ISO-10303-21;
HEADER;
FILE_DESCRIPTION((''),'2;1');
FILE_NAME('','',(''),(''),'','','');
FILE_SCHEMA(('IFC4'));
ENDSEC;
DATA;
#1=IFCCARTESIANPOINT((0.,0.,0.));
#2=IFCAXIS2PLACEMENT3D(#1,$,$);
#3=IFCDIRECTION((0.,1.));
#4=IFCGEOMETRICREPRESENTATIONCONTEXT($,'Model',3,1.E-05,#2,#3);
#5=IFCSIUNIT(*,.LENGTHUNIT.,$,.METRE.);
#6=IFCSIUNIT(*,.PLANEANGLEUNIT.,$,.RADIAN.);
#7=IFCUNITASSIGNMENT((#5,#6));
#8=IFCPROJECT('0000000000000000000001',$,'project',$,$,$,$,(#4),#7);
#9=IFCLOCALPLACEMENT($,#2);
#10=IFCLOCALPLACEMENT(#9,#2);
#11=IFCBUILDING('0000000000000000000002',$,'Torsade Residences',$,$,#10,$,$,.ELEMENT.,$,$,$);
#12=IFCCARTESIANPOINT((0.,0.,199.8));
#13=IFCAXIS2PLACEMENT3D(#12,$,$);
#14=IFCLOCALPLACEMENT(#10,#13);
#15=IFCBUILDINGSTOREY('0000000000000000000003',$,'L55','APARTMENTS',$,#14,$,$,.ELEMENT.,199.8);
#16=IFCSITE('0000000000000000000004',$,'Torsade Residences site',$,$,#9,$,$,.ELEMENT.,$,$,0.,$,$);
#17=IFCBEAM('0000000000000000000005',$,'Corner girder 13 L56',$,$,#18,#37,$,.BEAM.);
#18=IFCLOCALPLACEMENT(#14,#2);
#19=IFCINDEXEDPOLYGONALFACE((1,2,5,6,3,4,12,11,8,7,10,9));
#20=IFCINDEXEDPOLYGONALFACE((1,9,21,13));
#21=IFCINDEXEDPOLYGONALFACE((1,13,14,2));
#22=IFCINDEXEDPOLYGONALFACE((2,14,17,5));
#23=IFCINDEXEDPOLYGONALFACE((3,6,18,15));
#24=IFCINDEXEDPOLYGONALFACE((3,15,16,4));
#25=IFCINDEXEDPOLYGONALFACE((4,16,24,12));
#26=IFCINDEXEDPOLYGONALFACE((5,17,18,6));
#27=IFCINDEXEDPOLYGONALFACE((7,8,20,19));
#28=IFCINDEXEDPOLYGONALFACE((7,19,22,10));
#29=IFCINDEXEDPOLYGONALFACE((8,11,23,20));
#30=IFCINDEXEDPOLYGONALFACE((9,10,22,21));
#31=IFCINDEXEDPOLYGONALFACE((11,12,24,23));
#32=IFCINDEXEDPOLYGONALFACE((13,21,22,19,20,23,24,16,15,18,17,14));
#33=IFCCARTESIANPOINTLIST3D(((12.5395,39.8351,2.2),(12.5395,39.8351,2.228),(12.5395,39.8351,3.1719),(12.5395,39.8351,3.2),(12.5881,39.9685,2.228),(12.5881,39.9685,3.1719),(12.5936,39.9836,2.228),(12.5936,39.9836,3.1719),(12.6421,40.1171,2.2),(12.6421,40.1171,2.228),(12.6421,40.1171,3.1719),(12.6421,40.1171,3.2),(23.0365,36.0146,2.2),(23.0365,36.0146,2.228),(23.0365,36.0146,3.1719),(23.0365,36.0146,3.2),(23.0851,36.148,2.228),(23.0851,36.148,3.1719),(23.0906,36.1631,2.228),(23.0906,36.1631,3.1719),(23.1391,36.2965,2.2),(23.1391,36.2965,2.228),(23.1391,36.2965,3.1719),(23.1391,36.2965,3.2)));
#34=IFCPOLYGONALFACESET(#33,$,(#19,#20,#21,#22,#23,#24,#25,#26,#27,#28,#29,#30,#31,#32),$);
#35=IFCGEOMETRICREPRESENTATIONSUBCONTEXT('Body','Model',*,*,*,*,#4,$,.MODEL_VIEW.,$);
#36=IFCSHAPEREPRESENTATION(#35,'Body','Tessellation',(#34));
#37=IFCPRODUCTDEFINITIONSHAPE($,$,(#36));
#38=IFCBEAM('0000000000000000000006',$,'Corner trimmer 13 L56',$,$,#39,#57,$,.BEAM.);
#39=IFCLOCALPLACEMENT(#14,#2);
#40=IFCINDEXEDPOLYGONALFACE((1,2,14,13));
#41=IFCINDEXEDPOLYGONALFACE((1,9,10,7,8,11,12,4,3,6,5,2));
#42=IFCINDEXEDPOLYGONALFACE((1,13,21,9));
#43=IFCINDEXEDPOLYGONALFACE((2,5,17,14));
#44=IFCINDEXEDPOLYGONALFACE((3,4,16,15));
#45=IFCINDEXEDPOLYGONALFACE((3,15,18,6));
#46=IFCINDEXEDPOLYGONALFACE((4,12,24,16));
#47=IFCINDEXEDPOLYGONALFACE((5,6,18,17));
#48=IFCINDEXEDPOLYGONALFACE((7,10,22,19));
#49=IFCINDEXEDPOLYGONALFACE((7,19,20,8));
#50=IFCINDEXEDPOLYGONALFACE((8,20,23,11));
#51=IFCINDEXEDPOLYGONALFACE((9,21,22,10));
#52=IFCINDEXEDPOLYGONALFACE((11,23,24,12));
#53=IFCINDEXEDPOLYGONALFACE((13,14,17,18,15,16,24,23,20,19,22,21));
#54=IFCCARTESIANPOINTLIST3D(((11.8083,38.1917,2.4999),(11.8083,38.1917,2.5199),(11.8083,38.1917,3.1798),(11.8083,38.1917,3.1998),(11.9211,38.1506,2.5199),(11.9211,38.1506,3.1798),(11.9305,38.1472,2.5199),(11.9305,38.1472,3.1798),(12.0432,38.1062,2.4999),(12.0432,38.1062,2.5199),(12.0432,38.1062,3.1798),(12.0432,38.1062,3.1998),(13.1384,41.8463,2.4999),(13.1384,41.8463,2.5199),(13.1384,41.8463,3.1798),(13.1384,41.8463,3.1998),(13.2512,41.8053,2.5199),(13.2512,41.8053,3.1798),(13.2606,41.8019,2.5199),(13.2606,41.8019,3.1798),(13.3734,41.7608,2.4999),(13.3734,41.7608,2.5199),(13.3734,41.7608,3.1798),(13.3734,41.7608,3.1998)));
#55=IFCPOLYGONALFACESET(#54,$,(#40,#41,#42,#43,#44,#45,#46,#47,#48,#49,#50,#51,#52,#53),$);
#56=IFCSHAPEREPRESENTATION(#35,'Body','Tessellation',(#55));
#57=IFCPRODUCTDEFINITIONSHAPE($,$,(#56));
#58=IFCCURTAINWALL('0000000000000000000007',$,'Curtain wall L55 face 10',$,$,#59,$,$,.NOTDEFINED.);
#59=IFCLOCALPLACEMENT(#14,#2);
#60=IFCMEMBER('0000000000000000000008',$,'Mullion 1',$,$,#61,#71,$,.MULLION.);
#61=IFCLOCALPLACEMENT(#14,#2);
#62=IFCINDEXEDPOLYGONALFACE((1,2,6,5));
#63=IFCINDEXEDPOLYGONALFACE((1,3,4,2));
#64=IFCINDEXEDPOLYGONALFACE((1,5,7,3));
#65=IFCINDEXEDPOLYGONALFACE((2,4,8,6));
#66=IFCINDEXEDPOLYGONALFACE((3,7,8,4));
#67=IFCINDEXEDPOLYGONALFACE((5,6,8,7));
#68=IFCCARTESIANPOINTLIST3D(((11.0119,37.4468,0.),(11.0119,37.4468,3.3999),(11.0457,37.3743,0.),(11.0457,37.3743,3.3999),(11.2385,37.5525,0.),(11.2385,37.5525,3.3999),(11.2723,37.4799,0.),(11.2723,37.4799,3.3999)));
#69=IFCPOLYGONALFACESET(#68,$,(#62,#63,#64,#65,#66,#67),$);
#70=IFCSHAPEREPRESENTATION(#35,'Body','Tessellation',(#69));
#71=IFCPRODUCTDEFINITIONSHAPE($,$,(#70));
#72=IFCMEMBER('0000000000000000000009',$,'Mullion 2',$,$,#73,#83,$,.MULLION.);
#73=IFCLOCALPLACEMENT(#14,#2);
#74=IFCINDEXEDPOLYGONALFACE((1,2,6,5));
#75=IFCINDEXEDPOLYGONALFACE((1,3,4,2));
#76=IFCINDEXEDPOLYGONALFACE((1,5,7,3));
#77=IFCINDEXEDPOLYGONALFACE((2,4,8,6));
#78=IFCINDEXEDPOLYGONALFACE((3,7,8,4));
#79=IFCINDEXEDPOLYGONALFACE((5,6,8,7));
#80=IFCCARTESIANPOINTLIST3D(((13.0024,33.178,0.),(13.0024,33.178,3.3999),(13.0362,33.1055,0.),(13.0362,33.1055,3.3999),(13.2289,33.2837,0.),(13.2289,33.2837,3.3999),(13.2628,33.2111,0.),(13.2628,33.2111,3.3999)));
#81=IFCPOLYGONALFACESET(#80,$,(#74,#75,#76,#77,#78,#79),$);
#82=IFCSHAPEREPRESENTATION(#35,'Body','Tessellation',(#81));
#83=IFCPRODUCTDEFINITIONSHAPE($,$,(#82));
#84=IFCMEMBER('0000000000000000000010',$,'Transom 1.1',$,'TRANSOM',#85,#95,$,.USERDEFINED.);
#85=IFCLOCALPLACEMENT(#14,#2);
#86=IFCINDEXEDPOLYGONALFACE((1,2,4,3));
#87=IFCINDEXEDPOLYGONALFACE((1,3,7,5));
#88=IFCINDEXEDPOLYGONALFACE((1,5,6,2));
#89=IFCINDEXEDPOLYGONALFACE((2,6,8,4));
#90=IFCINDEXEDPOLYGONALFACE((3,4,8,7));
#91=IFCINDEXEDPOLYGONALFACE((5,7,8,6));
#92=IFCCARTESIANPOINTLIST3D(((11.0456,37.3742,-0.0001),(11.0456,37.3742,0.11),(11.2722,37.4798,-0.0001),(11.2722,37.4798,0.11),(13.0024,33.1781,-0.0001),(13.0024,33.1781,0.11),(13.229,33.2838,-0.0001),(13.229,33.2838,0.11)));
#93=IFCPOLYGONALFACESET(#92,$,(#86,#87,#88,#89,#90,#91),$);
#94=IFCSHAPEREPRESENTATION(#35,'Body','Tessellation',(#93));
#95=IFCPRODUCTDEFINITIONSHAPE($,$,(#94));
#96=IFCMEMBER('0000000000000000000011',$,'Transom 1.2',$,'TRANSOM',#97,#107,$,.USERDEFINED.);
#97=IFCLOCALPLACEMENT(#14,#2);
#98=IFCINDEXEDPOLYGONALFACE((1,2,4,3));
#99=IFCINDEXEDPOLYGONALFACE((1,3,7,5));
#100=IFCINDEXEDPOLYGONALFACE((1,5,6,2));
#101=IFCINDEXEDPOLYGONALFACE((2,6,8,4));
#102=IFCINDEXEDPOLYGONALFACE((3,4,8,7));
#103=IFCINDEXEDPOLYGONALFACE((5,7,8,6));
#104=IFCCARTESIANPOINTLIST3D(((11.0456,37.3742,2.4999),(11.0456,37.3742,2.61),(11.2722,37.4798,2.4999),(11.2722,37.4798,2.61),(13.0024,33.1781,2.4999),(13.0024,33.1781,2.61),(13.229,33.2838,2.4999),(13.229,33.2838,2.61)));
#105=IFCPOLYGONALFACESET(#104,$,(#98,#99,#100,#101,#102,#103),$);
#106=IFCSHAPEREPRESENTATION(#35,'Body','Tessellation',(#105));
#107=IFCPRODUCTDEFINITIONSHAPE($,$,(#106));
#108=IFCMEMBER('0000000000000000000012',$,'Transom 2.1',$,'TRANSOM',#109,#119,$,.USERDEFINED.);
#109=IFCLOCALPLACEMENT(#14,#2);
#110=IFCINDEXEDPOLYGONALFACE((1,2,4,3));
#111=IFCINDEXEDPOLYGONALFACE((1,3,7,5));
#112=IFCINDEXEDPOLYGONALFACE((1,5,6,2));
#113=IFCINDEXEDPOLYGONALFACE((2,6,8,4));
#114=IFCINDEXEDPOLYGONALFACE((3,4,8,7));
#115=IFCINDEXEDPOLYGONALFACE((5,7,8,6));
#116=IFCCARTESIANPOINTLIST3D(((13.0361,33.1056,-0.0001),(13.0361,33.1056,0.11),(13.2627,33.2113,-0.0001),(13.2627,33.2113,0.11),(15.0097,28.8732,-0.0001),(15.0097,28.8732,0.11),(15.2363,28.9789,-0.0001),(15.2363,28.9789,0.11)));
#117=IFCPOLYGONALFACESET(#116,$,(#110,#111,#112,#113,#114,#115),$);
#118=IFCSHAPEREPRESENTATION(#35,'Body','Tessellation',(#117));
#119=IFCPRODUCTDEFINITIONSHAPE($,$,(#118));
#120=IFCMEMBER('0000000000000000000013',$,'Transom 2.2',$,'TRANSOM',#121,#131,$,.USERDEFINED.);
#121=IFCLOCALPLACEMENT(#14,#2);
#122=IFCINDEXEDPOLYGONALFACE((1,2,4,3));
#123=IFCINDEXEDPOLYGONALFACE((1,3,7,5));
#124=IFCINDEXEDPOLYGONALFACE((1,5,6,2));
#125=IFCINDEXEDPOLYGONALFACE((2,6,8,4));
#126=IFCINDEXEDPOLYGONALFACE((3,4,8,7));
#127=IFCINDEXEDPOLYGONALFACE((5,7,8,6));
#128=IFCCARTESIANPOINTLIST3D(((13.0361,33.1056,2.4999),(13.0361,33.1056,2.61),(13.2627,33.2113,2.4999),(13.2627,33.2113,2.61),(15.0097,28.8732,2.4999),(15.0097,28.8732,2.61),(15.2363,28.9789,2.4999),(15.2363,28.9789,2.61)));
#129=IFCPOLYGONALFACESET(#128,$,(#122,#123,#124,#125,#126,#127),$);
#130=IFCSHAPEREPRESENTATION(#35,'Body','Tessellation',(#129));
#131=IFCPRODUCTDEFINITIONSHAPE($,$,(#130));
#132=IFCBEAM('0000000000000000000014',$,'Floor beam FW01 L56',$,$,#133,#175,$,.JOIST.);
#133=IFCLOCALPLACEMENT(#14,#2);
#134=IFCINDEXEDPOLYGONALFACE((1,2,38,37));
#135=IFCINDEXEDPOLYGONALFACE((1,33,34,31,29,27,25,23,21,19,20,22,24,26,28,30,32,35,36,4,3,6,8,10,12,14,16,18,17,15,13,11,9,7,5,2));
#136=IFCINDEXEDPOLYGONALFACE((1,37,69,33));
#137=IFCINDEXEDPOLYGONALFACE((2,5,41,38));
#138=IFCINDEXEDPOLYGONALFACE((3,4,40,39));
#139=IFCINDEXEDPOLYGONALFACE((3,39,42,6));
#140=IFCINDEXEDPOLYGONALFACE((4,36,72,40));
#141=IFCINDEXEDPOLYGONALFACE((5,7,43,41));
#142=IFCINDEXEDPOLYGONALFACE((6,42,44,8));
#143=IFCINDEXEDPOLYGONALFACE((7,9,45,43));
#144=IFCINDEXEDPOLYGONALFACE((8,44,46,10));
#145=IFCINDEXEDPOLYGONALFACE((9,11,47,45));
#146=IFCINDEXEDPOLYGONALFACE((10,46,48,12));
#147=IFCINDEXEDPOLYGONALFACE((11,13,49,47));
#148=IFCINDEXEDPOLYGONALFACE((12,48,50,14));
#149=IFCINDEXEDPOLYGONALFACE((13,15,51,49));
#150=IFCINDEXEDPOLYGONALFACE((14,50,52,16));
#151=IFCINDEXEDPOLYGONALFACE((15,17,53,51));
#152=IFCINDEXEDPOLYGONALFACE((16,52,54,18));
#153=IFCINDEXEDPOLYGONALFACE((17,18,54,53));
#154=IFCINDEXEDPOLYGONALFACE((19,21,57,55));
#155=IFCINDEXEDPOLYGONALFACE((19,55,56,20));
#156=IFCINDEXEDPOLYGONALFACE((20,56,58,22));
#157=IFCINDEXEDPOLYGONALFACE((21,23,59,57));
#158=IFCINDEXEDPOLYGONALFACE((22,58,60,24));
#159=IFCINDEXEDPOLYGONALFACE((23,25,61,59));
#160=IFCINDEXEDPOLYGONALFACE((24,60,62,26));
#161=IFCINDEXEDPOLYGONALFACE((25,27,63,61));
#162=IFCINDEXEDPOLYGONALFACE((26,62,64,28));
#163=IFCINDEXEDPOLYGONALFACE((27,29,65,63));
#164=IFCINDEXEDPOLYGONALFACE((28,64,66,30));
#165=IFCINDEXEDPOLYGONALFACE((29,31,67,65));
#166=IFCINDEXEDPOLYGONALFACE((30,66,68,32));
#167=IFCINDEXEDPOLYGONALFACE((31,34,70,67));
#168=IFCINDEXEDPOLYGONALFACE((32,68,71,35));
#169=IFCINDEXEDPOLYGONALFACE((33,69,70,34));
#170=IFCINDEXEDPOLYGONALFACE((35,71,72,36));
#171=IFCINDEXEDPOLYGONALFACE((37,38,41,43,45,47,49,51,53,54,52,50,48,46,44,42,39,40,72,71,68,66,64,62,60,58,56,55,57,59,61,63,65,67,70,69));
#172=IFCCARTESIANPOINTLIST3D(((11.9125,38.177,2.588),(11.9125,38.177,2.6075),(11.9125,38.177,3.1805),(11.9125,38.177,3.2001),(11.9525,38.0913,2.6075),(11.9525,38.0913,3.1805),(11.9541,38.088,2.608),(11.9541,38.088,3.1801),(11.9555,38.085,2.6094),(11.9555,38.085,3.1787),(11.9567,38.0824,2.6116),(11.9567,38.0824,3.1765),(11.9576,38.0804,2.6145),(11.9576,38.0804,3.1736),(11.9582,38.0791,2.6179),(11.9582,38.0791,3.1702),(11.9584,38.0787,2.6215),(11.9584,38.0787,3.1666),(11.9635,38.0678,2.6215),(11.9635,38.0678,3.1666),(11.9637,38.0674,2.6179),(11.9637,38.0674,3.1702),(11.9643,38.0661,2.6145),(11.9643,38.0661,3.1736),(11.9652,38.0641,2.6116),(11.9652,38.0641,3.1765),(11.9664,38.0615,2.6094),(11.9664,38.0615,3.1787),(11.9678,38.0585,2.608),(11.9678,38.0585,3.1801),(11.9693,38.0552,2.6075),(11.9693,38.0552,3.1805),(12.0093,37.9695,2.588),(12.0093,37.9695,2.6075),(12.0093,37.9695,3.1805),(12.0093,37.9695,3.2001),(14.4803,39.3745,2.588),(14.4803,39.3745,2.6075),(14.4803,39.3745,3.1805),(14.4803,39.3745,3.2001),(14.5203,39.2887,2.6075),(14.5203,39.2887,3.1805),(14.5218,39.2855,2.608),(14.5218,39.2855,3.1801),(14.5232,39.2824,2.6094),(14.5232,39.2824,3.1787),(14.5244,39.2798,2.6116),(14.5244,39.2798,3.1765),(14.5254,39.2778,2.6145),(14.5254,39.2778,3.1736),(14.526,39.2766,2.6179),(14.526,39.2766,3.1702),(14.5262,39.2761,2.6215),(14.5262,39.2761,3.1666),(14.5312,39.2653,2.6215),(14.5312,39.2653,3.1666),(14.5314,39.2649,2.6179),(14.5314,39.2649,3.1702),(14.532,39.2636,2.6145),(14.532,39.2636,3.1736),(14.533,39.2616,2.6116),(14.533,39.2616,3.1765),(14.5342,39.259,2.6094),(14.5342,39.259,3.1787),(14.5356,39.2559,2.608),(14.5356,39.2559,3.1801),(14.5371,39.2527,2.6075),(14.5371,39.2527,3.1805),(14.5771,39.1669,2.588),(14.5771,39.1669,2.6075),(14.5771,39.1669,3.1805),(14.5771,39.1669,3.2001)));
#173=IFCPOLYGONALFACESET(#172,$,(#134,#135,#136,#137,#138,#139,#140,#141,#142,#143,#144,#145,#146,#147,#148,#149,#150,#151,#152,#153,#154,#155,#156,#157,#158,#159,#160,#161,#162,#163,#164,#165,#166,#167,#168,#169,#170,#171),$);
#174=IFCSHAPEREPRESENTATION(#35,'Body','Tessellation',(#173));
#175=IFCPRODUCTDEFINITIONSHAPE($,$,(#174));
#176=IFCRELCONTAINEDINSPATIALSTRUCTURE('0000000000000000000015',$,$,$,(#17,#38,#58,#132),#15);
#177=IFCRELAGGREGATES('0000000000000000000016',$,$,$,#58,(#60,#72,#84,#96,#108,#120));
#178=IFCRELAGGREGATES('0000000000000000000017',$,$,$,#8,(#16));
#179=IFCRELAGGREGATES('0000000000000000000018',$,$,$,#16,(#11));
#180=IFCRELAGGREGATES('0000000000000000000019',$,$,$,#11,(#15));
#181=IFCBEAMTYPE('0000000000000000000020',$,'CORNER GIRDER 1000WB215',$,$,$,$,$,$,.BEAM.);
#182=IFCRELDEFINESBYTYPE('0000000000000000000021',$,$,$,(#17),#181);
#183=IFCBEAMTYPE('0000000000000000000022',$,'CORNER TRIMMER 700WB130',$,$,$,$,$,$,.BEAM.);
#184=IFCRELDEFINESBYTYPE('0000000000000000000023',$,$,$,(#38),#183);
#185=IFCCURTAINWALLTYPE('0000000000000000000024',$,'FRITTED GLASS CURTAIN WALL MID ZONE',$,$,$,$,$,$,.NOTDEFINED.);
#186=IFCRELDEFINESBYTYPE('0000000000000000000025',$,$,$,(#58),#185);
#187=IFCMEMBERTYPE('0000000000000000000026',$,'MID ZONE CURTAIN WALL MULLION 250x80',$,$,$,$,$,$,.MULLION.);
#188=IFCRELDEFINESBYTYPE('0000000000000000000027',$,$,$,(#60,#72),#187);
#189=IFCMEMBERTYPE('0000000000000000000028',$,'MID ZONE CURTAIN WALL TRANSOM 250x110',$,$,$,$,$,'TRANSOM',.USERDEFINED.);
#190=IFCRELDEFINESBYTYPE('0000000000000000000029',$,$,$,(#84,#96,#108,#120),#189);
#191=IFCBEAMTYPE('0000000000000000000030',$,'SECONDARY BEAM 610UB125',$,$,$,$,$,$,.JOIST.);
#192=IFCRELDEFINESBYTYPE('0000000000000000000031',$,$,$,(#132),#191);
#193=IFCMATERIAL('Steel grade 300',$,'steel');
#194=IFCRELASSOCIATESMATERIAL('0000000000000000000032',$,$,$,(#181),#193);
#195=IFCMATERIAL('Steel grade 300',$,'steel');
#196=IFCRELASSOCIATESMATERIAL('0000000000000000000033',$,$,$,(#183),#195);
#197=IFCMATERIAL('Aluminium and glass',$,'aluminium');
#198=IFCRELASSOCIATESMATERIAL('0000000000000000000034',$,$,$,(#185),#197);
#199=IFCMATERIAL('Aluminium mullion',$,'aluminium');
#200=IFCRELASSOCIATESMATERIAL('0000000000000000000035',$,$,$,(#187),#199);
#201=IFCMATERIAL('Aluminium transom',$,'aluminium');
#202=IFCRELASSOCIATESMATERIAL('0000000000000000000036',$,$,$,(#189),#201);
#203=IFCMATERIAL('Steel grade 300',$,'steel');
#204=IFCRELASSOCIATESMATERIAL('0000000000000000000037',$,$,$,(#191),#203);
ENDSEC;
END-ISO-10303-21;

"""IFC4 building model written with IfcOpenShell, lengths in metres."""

from ifc_helpers import new_model, si_unit, direction, frame, origin, origin_2d, place, context, subcontext, project, spatial, rectangle, i_section, extrude, material, material_profile, profile_set, type_object, element, aggregate, save


model = new_model("IFC4")

# Units and contexts
model_context = context("Model", 3, precision=1e-05, world=origin(), true_north=direction((0.0, 1.0)))
body_context = subcontext(model_context, "Body", "Model", "MODEL_VIEW")
ifc_project = project(units=[si_unit("LENGTHUNIT", "METRE"), si_unit("PLANEANGLEUNIT", "RADIAN")], contexts=[model_context])

# Site, building, storey
site_placement = place(None, origin())
site = spatial("IfcSite", under=ifc_project, at=site_placement, Name="Torsade Residences site", CompositionType="ELEMENT", RefElevation=0.0)
building_placement = place(site_placement, origin())
building = spatial("IfcBuilding", under=site, at=building_placement, Name="Torsade Residences", CompositionType="ELEMENT")
storey_placement = place(building_placement, frame((0.0, 0.0, 199.8)))
storey = spatial("IfcBuildingStorey", under=building, at=storey_placement, Name="L55", Description="APARTMENTS", CompositionType="ELEMENT", Elevation=199.8)

# Beams
ifc_material_1 = material(Name="Steel grade 300", Category="steel")
ifc_material_profile_1 = material_profile(ifc_material_1, i_section(OverallWidth=0.3, OverallDepth=1.0, WebThickness=0.0161, FlangeThickness=0.0281, at=origin_2d()), Name="1000WB215")
ifc_profile_set_1 = profile_set([ifc_material_profile_1], Name="Steel grade 300")
beam_type_1 = type_object("IfcBeamType", Name="CORNER GIRDER 1000WB215", PredefinedType="BEAM", material=ifc_profile_set_1)
beam_1_placement = place(storey_placement, frame((12.5908, 39.9761, 2.7), z_axis=(0.939694, -0.342015, 0.0), x_axis=(0.342015, 0.939694, 0.0)))
element("IfcBeam", 1, at=beam_1_placement, inside=storey, type_object=beam_type_1, Name="Corner girder 13 L56", PredefinedType="BEAM", context=body_context, shape_type="SweptSolid", body=[
    extrude(i_section(OverallWidth=0.3, OverallDepth=1.0, WebThickness=0.0161, FlangeThickness=0.0281, at=origin_2d()), origin(), (0.0, 0.0, 1.0), 11.1707),
])
ifc_material_2 = material(Name="Steel grade 300", Category="steel")
ifc_material_profile_2 = material_profile(ifc_material_2, i_section(OverallWidth=0.25, OverallDepth=0.7, WebThickness=0.01, FlangeThickness=0.02, at=origin_2d()), Name="700WB130")
ifc_profile_set_2 = profile_set([ifc_material_profile_2], Name="Steel grade 300")
beam_type_2 = type_object("IfcBeamType", Name="CORNER TRIMMER 700WB130", PredefinedType="BEAM", material=ifc_profile_set_2)
beam_2_placement = place(storey_placement, frame((11.9258, 38.1489, 2.8499), z_axis=(0.342005, 0.939698, 0.0), x_axis=(-0.939698, 0.342005, 0.0)))
element("IfcBeam", 2, at=beam_2_placement, inside=storey, type_object=beam_type_2, Name="Corner trimmer 13 L56", PredefinedType="BEAM", context=body_context, shape_type="SweptSolid", body=[
    extrude(i_section(OverallWidth=0.25, OverallDepth=0.7, WebThickness=0.01, FlangeThickness=0.02, at=origin_2d()), origin(), (0.0, 0.0, 1.0), 3.8892),
])

# Curtain wall, members
ifc_material_3 = material(Name="Aluminium and glass", Category="aluminium")
curtain_wall_type = type_object("IfcCurtainWallType", Name="FRITTED GLASS CURTAIN WALL MID ZONE", PredefinedType="NOTDEFINED", material=ifc_material_3)
curtain_wall_placement = place(storey_placement, origin())
curtain_wall = element("IfcCurtainWall", 3, at=curtain_wall_placement, inside=storey, type_object=curtain_wall_type, Name="Curtain wall L55 face 10", PredefinedType="NOTDEFINED")
ifc_material_4 = material(Name="Aluminium mullion", Category="aluminium")
ifc_material_profile_3 = material_profile(ifc_material_4, rectangle(XDim=0.25, YDim=0.0801, at=origin_2d()), Name="MID ZONE CURTAIN WALL MULLION 250x80")
ifc_profile_set_3 = profile_set([ifc_material_profile_3], Name="Aluminium mullion")
member_type_1 = type_object("IfcMemberType", Name="MID ZONE CURTAIN WALL MULLION 250x80", PredefinedType="MULLION", material=ifc_profile_set_3)
member_1_placement = place(storey_placement, frame((11.1421, 37.4634, 0.0), z_axis=(0.0, 0.0, 1.0), x_axis=(0.906308, 0.422618, 0.0)))
member_1 = element("IfcMember", 4, at=member_1_placement, type_object=member_type_1, Name="Mullion 1", PredefinedType="MULLION", context=body_context, shape_type="SweptSolid", body=[
    extrude(rectangle(XDim=0.25, YDim=0.0801, at=origin_2d()), origin(), (0.0, 0.0, 1.0), 3.3999),
])
member_2_placement = place(storey_placement, frame((13.1326, 33.1946, 0.0), z_axis=(0.0, 0.0, 1.0), x_axis=(0.906308, 0.422618, 0.0)))
member_2 = element("IfcMember", 5, at=member_2_placement, type_object=member_type_1, Name="Mullion 2", PredefinedType="MULLION", context=body_context, shape_type="SweptSolid", body=[
    extrude(rectangle(XDim=0.25, YDim=0.0801, at=origin_2d()), origin(), (0.0, 0.0, 1.0), 3.3999),
])
ifc_material_5 = material(Name="Aluminium transom", Category="aluminium")
ifc_material_profile_4 = material_profile(ifc_material_5, rectangle(XDim=0.25, YDim=0.1101, at=origin_2d()), Name="MID ZONE CURTAIN WALL TRANSOM 250x110")
ifc_profile_set_4 = profile_set([ifc_material_profile_4], Name="Aluminium transom")
member_type_2 = type_object("IfcMemberType", Name="MID ZONE CURTAIN WALL TRANSOM 250x110", ElementType="TRANSOM", PredefinedType="USERDEFINED", material=ifc_profile_set_4)
member_3_placement = place(storey_placement, frame((11.1589, 37.427, 0.0549), z_axis=(0.422643, -0.906296, 0.0), x_axis=(0.906296, 0.422643, 0.0)))
member_3 = element("IfcMember", 6, at=member_3_placement, type_object=member_type_2, Name="Transom 1.1", ObjectType="TRANSOM", PredefinedType="USERDEFINED", context=body_context, shape_type="SweptSolid", body=[
    extrude(rectangle(XDim=0.25, YDim=0.1101, at=origin_2d()), origin(), (0.0, 0.0, 1.0), 4.6299),
])
member_4_placement = place(storey_placement, frame((11.1589, 37.427, 2.5549), z_axis=(0.422643, -0.906296, 0.0), x_axis=(0.906296, 0.422643, 0.0)))
member_4 = element("IfcMember", 7, at=member_4_placement, type_object=member_type_2, Name="Transom 1.2", ObjectType="TRANSOM", PredefinedType="USERDEFINED", context=body_context, shape_type="SweptSolid", body=[
    extrude(rectangle(XDim=0.25, YDim=0.1101, at=origin_2d()), origin(), (0.0, 0.0, 1.0), 4.6299),
])
member_5_placement = place(storey_placement, frame((13.1494, 33.1584, 0.0549), z_axis=(0.422622, -0.906306, 0.0), x_axis=(0.906306, 0.422622, 0.0)))
member_5 = element("IfcMember", 8, at=member_5_placement, type_object=member_type_2, Name="Transom 2.1", ObjectType="TRANSOM", PredefinedType="USERDEFINED", context=body_context, shape_type="SweptSolid", body=[
    extrude(rectangle(XDim=0.25, YDim=0.1101, at=origin_2d()), origin(), (0.0, 0.0, 1.0), 4.6699),
])
member_6_placement = place(storey_placement, frame((13.1494, 33.1584, 2.5549), z_axis=(0.422622, -0.906306, 0.0), x_axis=(0.906306, 0.422622, 0.0)))
member_6 = element("IfcMember", 9, at=member_6_placement, type_object=member_type_2, Name="Transom 2.2", ObjectType="TRANSOM", PredefinedType="USERDEFINED", context=body_context, shape_type="SweptSolid", body=[
    extrude(rectangle(XDim=0.25, YDim=0.1101, at=origin_2d()), origin(), (0.0, 0.0, 1.0), 4.6699),
])

# Beam
ifc_material_6 = material(Name="Steel grade 300", Category="steel")
ifc_material_profile_5 = material_profile(ifc_material_6, i_section(OverallWidth=0.229, OverallDepth=0.6121, WebThickness=0.012, FlangeThickness=0.0195, FilletRadius=0.0139, at=origin_2d()), Name="610UB125")
ifc_profile_set_5 = profile_set([ifc_material_profile_5], Name="Steel grade 300")
beam_type_3 = type_object("IfcBeamType", Name="SECONDARY BEAM 610UB125", PredefinedType="JOIST", material=ifc_profile_set_5)
beam_3_placement = place(storey_placement, frame((11.9609, 38.0732, 2.894), z_axis=(0.906295, 0.422645, 0.0), x_axis=(-0.422645, 0.906295, 0.0)))
element("IfcBeam", 10, at=beam_3_placement, inside=storey, type_object=beam_type_3, Name="Floor beam FW01 L56", PredefinedType="JOIST", context=body_context, shape_type="SweptSolid", body=[
    extrude(i_section(OverallWidth=0.229, OverallDepth=0.6121, WebThickness=0.012, FlangeThickness=0.0195, FilletRadius=0.0139, at=origin_2d()), origin(), (0.0, 0.0, 1.0), 2.8333),
])

aggregate(curtain_wall, [member_1, member_2, member_3, member_4, member_5, member_6])

save(model, "model.ifc")
